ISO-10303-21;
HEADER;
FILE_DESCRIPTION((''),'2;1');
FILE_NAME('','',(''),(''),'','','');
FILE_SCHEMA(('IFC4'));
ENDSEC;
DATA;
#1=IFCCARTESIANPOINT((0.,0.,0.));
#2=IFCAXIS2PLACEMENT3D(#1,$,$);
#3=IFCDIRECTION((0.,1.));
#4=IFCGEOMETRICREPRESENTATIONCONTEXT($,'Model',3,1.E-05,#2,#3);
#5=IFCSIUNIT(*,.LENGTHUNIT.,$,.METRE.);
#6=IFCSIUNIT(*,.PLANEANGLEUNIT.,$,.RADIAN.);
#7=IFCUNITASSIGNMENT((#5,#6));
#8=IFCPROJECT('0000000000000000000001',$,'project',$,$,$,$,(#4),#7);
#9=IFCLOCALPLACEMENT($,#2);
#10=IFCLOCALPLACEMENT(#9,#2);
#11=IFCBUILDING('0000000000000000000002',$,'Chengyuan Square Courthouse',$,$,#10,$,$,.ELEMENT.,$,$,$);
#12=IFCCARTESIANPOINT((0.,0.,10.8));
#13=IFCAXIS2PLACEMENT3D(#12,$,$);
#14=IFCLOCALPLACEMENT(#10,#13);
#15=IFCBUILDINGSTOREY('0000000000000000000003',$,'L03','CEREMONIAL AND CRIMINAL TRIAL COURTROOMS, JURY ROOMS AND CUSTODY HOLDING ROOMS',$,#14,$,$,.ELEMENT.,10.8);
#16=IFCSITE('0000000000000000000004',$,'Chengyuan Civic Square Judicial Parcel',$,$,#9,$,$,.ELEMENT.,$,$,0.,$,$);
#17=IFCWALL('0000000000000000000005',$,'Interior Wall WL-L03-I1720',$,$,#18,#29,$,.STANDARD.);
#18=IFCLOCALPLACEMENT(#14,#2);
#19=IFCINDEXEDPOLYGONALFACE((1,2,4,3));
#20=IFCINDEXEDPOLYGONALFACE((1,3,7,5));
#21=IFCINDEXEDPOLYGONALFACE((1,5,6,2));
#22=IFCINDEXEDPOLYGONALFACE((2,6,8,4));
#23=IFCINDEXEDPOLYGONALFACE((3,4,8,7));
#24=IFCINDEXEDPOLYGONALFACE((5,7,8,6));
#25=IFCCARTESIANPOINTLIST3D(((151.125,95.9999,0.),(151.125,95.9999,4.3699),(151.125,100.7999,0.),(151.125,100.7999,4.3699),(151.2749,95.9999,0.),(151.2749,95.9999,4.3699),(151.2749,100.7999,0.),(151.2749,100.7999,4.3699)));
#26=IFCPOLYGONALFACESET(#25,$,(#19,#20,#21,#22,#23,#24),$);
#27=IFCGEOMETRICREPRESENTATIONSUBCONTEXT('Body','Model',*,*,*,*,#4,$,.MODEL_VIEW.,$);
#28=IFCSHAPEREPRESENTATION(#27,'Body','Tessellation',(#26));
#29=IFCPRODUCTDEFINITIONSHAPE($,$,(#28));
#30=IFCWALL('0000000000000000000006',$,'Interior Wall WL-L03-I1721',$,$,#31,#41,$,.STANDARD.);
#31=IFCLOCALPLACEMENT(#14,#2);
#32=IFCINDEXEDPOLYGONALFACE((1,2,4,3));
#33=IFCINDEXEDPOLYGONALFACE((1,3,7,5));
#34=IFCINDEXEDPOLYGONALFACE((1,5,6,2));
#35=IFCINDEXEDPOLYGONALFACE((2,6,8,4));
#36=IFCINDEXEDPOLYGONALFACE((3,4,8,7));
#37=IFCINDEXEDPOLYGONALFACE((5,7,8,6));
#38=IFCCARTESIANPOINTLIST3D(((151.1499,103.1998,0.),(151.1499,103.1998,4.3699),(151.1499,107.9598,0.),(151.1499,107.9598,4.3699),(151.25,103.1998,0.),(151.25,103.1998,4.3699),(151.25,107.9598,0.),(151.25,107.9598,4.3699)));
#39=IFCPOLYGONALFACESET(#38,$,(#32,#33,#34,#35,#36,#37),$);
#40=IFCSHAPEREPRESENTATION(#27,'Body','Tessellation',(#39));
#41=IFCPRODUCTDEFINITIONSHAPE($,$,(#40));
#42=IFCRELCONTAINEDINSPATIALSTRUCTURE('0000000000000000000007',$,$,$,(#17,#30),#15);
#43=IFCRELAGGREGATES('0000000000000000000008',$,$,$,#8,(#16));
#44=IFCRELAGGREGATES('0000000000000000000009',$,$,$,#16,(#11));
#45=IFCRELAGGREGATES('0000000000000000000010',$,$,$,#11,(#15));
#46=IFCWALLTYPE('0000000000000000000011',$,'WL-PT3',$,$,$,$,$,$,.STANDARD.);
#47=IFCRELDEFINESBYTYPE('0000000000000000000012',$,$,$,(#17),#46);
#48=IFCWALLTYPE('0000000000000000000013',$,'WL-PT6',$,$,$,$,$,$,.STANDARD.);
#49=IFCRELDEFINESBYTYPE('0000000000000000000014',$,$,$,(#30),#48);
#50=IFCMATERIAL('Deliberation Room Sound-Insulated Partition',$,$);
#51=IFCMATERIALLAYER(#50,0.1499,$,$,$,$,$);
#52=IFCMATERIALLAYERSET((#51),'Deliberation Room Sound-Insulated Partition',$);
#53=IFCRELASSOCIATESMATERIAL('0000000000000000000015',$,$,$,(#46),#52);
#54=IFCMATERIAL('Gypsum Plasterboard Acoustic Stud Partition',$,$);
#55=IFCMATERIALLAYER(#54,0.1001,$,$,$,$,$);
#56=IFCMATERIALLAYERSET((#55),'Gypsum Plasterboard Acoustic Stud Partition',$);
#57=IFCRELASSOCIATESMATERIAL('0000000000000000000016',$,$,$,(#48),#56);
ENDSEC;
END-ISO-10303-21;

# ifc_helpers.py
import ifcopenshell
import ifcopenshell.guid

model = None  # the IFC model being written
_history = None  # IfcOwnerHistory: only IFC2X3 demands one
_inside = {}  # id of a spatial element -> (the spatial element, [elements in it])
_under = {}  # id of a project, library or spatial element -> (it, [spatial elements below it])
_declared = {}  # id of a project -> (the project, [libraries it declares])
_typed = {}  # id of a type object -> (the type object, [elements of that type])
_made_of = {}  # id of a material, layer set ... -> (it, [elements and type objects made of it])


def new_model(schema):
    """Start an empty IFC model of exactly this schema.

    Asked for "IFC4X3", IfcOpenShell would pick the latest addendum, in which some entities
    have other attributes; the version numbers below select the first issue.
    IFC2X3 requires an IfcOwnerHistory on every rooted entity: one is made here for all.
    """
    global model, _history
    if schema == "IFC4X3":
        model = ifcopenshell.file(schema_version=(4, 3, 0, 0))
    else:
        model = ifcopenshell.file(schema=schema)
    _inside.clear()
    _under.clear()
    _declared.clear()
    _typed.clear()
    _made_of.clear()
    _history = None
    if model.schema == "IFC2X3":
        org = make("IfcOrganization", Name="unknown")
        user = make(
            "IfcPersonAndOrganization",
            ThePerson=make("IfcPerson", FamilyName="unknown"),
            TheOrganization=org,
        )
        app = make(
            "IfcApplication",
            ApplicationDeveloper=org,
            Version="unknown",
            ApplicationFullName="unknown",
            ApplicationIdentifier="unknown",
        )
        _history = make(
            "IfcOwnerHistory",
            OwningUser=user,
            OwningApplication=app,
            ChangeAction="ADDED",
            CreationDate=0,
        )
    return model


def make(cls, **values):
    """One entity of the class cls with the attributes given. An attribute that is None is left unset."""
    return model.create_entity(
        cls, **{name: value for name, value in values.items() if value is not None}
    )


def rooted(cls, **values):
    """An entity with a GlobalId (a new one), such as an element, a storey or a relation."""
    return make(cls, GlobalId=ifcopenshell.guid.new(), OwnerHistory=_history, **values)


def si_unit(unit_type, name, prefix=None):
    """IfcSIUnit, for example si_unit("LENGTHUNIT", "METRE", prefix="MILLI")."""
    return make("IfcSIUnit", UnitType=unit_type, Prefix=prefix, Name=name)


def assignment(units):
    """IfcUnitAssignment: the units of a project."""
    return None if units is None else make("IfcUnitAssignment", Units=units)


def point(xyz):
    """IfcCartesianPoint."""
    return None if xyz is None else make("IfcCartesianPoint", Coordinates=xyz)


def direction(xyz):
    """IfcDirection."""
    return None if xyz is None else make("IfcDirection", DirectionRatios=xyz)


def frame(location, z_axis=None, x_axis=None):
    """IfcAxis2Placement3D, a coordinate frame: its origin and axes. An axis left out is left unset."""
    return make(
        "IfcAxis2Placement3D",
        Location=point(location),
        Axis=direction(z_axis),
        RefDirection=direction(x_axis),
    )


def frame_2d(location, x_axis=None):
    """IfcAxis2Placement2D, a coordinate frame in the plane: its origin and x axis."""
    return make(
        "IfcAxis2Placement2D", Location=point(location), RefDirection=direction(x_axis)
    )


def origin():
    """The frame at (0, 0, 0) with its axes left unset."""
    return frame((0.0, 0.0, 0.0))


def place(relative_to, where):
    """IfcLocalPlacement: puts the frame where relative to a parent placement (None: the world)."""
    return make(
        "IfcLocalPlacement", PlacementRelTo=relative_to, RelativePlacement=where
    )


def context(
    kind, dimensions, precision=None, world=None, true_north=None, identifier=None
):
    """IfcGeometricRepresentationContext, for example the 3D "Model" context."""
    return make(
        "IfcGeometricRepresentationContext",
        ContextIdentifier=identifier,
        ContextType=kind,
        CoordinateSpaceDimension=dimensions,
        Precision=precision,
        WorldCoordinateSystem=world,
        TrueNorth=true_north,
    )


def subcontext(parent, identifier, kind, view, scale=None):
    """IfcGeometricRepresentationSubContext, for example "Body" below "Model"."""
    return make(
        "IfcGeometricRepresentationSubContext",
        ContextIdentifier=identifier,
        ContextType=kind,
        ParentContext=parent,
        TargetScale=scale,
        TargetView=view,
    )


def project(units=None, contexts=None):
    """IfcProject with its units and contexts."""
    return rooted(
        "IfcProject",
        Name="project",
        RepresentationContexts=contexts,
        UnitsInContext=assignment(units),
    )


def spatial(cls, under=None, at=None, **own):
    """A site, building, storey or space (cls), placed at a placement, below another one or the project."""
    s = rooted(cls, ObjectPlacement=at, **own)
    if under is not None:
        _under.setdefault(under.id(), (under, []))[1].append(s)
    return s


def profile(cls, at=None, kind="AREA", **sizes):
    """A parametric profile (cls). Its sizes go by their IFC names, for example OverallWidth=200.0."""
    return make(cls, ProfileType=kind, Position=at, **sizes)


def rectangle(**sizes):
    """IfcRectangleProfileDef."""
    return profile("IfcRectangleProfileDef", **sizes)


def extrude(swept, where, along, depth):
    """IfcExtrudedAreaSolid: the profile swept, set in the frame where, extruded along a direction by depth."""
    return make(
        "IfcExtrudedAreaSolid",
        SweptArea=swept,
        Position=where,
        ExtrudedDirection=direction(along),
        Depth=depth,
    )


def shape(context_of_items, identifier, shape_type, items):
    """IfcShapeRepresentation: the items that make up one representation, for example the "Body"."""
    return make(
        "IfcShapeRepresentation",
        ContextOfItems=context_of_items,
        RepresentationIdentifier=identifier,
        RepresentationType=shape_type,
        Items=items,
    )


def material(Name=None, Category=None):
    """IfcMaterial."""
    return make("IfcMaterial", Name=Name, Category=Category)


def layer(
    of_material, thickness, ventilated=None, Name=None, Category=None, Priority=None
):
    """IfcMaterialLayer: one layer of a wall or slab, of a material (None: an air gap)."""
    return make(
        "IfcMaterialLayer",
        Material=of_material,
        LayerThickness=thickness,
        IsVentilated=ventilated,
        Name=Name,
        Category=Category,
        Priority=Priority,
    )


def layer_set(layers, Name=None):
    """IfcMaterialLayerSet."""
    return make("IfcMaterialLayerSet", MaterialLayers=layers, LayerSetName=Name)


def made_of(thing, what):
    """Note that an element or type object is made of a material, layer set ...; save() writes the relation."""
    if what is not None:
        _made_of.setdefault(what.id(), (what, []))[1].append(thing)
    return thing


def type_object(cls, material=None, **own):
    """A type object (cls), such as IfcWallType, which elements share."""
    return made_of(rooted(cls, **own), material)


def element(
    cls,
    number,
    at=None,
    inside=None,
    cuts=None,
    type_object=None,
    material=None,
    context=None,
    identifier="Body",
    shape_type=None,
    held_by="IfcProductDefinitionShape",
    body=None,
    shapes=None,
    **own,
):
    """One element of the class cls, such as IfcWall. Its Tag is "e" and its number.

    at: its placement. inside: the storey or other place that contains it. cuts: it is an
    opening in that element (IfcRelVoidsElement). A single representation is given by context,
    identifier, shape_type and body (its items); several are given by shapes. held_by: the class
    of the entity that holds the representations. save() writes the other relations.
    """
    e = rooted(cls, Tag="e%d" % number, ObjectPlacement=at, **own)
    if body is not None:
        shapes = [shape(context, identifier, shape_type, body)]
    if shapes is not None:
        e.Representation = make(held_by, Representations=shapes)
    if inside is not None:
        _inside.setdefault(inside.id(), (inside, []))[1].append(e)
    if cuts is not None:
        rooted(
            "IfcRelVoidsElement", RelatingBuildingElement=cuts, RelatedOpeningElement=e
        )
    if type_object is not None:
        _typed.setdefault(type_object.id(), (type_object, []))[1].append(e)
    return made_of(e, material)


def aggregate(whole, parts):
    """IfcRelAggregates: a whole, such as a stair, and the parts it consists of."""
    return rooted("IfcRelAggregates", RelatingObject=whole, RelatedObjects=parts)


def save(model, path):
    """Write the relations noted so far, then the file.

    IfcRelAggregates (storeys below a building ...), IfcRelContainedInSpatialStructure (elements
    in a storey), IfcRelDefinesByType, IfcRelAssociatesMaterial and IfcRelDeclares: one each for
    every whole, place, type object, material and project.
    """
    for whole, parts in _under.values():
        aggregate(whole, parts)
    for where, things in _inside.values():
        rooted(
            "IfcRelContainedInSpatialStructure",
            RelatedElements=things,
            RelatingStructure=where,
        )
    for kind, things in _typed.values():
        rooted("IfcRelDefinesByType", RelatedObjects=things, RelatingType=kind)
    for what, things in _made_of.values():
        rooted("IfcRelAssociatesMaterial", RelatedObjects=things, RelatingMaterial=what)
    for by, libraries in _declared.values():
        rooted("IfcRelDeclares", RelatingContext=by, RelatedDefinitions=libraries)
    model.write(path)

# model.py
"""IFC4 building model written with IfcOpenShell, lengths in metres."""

from ifc_helpers import new_model, si_unit, direction, frame, frame_2d, origin, place, context, subcontext, project, spatial, rectangle, extrude, material, layer, layer_set, type_object, element, save


model = new_model("IFC4")

# Units and contexts
model_context = context("Model", 3, precision=1e-05, world=origin(), true_north=direction((0.0, 1.0)))
body_context = subcontext(model_context, "Body", "Model", "MODEL_VIEW")
ifc_project = project(units=[si_unit("LENGTHUNIT", "METRE"), si_unit("PLANEANGLEUNIT", "RADIAN")], contexts=[model_context])

# Site, building, storey
site_placement = place(None, origin())
site = spatial("IfcSite", under=ifc_project, at=site_placement, Name="Chengyuan Civic Square Judicial Parcel", CompositionType="ELEMENT", RefElevation=0.0)
building_placement = place(site_placement, origin())
building = spatial("IfcBuilding", under=site, at=building_placement, Name="Chengyuan Square Courthouse", CompositionType="ELEMENT")
storey_placement = place(building_placement, frame((0.0, 0.0, 10.8)))
storey = spatial("IfcBuildingStorey", under=building, at=storey_placement, Name="L03", Description="CEREMONIAL AND CRIMINAL TRIAL COURTROOMS, JURY ROOMS AND CUSTODY HOLDING ROOMS", CompositionType="ELEMENT", Elevation=10.8)

# Walls
ifc_material_1 = material(Name="Deliberation Room Sound-Insulated Partition")
ifc_layer_1 = layer(ifc_material_1, 0.1499)
ifc_layer_set_1 = layer_set([ifc_layer_1], Name="Deliberation Room Sound-Insulated Partition")
wall_type_1 = type_object("IfcWallType", Name="WL-PT3", PredefinedType="STANDARD", material=ifc_layer_set_1)
wall_1_placement = place(storey_placement, frame((151.2, 96.0, 0.0), z_axis=(0.0, 0.0, 1.0), x_axis=(0.0, 1.0, 0.0)))
element("IfcWall", 1, at=wall_1_placement, inside=storey, type_object=wall_type_1, Name="Interior Wall WL-L03-I1720", PredefinedType="STANDARD", context=body_context, shape_type="SweptSolid", body=[
    extrude(rectangle(XDim=4.8, YDim=0.1499, at=frame_2d((2.3999, 0.0))), origin(), (0.0, 0.0, 1.0), 4.3699),
])
ifc_material_2 = material(Name="Gypsum Plasterboard Acoustic Stud Partition")
ifc_layer_2 = layer(ifc_material_2, 0.1001)
ifc_layer_set_2 = layer_set([ifc_layer_2], Name="Gypsum Plasterboard Acoustic Stud Partition")
wall_type_2 = type_object("IfcWallType", Name="WL-PT6", PredefinedType="STANDARD", material=ifc_layer_set_2)
wall_2_placement = place(storey_placement, frame((151.2, 103.2, 0.0), z_axis=(0.0, 0.0, 1.0), x_axis=(0.0, 1.0, 0.0)))
element("IfcWall", 2, at=wall_2_placement, inside=storey, type_object=wall_type_2, Name="Interior Wall WL-L03-I1721", PredefinedType="STANDARD", context=body_context, shape_type="SweptSolid", body=[
    extrude(rectangle(XDim=4.76, YDim=0.1001, at=frame_2d((2.3799, 0.0))), origin(), (0.0, 0.0, 1.0), 4.3699),
])

save(model, "model.ifc")
